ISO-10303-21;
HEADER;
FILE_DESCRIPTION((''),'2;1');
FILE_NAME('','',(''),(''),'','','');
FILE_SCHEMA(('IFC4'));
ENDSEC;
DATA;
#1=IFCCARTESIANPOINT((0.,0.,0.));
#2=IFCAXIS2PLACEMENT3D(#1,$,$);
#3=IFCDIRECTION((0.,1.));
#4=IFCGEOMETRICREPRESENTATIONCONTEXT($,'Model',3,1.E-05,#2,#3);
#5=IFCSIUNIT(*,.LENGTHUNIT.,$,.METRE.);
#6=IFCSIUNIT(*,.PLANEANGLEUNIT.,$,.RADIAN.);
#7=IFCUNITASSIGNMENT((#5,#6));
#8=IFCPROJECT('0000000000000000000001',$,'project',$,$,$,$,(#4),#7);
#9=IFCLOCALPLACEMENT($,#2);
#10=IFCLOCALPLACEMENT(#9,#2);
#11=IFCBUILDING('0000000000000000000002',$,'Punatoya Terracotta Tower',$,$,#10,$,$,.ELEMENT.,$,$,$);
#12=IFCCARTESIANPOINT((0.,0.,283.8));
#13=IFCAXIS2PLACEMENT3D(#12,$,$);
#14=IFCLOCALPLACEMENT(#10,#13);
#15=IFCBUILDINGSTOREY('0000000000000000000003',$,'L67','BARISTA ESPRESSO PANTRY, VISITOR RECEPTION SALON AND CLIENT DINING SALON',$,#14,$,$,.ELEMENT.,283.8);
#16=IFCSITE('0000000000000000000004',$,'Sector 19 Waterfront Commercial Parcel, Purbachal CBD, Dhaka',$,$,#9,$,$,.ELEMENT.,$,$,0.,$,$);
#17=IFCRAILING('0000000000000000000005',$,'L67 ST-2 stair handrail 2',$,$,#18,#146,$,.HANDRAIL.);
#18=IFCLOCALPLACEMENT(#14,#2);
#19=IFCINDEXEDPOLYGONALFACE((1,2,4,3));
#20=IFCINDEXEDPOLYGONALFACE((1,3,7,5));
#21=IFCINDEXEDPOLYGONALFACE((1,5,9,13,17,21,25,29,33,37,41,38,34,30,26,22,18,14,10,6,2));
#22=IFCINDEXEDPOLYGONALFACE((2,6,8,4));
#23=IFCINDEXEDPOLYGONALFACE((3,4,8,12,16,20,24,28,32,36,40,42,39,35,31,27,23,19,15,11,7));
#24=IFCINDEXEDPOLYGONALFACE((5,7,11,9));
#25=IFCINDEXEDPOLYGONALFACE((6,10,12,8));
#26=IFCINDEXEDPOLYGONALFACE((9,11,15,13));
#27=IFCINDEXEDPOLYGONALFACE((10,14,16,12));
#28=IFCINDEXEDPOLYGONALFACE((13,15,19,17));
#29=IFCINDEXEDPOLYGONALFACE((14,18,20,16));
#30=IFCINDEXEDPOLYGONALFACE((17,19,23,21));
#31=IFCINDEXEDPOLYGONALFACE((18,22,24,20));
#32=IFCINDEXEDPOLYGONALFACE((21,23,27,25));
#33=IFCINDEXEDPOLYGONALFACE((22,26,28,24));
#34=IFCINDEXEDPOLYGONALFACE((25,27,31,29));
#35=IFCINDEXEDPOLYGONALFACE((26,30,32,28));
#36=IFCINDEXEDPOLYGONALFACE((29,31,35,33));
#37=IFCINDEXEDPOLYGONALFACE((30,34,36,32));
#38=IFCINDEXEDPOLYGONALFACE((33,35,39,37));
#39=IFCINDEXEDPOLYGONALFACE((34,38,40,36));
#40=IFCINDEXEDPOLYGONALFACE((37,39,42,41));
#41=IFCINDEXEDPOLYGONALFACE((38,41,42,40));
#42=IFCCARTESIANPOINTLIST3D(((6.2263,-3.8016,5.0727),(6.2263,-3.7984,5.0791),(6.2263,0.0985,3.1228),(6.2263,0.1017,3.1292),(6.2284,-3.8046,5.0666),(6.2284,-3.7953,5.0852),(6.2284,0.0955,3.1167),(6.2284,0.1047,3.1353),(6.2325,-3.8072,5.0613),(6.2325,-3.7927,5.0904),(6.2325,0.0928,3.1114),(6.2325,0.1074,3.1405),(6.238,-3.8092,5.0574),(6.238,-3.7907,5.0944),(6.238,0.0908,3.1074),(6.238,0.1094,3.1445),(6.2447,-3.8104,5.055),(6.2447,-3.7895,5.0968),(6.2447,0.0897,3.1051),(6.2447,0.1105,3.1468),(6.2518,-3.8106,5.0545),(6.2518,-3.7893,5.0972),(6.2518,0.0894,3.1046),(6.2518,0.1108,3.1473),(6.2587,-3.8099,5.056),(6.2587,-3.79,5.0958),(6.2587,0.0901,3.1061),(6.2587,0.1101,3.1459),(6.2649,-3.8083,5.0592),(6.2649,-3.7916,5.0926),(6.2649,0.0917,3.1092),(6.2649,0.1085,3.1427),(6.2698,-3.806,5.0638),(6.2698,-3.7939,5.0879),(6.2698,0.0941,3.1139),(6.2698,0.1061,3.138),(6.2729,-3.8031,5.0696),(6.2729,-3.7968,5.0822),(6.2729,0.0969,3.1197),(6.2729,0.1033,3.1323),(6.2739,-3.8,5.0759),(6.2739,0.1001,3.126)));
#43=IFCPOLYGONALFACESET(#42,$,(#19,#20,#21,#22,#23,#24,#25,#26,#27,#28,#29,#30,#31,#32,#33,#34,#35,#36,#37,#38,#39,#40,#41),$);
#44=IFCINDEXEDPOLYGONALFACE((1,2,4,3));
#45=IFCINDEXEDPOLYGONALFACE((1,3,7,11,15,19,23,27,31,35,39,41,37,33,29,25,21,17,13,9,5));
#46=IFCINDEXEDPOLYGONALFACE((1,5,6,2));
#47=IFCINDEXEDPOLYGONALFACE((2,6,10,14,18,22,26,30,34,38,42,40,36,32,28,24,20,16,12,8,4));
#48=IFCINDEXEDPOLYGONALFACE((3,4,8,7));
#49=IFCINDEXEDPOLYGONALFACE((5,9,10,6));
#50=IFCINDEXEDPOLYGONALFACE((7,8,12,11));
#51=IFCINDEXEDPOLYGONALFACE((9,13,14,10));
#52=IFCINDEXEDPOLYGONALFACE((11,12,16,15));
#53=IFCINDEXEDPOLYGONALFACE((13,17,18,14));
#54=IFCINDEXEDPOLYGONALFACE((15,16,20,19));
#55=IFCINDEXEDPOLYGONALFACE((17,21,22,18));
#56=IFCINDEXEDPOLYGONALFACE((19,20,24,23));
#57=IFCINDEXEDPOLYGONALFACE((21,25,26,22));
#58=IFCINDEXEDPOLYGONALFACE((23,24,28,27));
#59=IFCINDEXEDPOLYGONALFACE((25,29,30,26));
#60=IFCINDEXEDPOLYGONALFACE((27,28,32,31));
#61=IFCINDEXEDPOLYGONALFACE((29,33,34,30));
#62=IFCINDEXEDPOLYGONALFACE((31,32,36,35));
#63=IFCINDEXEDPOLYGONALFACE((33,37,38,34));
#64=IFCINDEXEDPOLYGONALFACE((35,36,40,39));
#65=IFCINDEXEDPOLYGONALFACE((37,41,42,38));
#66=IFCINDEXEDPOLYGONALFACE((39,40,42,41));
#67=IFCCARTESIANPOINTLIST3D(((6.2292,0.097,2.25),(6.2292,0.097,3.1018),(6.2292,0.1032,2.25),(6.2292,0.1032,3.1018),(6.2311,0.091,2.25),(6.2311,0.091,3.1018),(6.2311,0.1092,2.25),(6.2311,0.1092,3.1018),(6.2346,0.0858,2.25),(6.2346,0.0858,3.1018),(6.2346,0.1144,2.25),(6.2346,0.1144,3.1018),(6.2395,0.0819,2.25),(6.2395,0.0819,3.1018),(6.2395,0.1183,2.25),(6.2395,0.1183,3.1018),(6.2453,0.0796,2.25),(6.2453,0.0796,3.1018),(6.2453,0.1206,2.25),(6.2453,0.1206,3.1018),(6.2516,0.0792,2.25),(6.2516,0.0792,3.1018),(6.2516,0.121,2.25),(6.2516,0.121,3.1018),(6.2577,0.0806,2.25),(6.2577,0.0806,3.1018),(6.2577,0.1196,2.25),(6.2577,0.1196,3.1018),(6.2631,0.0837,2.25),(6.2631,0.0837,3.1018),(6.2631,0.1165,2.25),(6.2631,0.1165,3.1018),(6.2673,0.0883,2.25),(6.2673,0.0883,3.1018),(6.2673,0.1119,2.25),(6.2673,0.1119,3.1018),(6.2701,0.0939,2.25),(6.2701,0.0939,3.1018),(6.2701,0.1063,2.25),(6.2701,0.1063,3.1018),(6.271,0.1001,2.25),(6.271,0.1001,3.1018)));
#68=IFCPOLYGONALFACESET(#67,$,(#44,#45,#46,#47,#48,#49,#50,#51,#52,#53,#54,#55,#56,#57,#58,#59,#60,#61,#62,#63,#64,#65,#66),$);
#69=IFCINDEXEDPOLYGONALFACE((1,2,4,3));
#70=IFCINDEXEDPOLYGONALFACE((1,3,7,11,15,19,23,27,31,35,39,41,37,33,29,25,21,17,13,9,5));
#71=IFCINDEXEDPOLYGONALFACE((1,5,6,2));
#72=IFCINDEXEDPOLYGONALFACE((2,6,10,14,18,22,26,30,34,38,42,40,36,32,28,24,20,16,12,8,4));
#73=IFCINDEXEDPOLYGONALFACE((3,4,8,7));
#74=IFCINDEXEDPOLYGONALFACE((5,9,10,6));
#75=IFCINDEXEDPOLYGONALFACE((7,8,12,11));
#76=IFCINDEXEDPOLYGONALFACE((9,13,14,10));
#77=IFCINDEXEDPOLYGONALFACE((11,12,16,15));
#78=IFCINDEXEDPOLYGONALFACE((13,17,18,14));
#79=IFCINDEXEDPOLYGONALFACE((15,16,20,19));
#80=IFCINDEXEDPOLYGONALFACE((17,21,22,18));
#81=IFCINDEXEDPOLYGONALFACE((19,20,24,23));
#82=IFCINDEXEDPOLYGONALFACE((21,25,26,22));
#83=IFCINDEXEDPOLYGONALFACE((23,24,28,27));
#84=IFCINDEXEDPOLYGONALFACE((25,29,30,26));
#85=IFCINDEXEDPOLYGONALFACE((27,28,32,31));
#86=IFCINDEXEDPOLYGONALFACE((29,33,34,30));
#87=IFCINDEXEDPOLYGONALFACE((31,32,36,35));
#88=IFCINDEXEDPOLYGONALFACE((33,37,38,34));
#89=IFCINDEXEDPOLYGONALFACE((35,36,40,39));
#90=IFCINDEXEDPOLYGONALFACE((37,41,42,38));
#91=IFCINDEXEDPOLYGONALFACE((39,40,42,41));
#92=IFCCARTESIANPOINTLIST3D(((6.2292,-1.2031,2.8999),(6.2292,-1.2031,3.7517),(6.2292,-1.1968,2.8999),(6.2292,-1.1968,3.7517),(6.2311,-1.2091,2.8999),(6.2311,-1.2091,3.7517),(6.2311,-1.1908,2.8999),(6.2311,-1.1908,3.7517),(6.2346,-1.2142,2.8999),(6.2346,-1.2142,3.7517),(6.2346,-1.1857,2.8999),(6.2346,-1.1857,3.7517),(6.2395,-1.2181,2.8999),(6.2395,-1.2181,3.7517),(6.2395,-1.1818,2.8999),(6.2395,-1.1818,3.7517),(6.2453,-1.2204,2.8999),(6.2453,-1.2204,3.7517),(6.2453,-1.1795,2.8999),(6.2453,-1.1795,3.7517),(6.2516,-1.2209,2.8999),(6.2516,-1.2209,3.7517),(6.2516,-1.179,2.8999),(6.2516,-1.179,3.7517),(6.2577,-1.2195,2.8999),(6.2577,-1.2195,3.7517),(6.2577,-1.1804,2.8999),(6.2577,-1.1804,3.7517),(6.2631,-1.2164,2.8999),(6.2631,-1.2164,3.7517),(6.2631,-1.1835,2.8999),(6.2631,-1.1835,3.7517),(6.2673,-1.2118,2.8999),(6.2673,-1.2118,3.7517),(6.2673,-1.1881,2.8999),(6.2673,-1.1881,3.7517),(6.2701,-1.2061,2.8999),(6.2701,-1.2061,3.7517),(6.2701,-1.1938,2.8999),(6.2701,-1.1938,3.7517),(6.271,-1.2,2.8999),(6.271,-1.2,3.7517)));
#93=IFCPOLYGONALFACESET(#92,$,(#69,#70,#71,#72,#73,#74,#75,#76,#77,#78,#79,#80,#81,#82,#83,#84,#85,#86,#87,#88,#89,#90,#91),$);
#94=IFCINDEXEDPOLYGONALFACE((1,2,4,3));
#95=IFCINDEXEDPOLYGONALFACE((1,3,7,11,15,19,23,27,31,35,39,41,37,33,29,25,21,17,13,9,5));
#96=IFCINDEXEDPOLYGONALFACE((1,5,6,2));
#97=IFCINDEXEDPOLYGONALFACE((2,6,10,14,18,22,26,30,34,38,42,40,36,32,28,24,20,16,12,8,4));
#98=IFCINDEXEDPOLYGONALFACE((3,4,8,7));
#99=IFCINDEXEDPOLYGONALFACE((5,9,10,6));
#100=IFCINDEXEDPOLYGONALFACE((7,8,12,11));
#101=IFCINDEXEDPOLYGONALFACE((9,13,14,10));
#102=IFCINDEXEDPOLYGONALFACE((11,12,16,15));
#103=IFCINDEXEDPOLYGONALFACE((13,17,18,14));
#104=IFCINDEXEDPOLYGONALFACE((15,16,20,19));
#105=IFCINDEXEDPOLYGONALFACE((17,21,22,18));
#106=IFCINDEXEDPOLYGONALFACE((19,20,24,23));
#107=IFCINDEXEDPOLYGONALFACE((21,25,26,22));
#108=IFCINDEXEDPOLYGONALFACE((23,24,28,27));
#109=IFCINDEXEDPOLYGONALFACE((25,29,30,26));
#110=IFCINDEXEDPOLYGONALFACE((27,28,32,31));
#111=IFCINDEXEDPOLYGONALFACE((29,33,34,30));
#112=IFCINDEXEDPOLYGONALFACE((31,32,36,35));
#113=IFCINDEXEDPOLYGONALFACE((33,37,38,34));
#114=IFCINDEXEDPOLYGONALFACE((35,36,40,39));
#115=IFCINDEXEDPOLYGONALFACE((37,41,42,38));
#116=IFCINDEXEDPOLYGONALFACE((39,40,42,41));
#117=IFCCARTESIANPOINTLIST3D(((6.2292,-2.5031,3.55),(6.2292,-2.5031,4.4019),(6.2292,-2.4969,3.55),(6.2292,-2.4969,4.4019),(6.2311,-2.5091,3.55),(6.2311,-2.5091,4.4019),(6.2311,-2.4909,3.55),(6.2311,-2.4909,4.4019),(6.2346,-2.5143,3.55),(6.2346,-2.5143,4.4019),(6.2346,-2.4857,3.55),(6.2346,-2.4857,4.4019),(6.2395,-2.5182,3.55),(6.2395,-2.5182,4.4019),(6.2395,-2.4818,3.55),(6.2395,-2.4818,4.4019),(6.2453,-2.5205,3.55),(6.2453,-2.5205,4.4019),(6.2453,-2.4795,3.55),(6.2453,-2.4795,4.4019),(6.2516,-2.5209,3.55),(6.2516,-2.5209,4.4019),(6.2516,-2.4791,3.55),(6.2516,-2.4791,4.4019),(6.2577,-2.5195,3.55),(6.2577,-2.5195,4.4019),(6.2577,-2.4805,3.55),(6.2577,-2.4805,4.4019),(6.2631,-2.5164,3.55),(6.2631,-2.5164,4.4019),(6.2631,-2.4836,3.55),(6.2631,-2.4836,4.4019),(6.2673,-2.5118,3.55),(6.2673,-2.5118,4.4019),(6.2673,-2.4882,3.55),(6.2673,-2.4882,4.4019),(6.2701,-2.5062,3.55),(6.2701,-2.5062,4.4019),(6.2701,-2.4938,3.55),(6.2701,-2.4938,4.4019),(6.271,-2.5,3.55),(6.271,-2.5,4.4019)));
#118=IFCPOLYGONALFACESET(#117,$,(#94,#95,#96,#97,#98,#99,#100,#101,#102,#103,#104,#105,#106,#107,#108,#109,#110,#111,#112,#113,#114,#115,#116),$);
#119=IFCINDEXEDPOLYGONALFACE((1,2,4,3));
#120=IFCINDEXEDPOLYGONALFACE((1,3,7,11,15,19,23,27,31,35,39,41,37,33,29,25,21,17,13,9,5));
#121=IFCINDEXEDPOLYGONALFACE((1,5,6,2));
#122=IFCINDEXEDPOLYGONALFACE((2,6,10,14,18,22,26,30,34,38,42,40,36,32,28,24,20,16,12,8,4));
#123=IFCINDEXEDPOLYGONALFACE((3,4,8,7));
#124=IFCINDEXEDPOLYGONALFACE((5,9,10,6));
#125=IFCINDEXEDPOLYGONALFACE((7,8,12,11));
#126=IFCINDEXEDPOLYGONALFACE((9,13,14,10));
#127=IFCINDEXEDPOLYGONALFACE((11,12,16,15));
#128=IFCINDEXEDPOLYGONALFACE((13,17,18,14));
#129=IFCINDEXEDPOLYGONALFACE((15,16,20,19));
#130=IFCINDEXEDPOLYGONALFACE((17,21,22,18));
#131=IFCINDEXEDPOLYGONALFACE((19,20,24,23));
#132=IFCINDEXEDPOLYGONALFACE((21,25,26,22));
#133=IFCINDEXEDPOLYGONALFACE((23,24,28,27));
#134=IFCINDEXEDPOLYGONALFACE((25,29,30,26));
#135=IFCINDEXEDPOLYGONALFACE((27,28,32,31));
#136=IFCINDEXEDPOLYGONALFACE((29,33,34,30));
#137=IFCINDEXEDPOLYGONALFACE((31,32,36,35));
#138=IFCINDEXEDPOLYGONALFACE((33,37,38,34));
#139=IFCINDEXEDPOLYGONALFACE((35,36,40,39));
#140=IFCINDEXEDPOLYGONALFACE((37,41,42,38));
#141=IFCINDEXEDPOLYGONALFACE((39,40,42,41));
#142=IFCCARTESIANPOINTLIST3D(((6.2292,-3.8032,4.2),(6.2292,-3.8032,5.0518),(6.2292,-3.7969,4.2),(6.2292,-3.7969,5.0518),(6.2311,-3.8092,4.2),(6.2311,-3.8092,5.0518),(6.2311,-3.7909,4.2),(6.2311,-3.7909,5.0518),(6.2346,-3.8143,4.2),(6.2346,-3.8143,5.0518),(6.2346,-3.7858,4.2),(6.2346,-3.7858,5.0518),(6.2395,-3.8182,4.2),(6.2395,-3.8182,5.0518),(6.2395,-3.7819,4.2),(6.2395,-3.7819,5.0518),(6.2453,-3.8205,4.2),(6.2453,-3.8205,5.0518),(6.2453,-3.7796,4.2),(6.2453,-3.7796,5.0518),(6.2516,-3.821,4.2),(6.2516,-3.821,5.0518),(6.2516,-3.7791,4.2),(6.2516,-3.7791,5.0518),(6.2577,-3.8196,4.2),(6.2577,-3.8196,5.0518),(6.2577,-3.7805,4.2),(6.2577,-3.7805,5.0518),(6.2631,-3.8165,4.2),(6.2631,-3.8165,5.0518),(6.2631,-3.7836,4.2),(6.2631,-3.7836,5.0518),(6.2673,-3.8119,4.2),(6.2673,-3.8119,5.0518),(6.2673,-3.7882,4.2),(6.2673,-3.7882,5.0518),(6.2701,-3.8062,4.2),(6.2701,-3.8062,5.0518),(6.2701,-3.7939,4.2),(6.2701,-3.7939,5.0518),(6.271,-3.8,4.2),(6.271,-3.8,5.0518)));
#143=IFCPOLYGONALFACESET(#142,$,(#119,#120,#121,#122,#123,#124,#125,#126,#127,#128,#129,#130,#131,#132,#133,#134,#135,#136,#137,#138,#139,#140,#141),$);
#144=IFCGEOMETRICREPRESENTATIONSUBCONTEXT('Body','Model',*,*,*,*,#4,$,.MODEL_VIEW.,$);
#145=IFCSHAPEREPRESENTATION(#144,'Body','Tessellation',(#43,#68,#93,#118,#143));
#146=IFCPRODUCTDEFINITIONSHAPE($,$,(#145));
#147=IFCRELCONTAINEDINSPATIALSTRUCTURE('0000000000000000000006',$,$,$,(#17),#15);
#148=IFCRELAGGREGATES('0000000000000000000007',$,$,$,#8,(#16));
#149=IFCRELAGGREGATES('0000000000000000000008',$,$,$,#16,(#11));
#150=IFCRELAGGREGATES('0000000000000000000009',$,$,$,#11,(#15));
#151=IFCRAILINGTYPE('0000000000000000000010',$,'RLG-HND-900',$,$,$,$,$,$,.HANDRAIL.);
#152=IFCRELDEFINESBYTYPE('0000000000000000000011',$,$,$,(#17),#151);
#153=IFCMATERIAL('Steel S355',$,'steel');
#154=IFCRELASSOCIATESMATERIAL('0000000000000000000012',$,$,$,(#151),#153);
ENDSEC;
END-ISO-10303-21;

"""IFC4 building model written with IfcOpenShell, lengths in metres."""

from ifc_helpers import new_model, si_unit, direction, frame, origin, origin_2d, place, context, subcontext, project, spatial, circle, extrude, material, type_object, element, save


model = new_model("IFC4")

# Units and contexts
model_context = context("Model", 3, precision=1e-05, world=origin(), true_north=direction((0.0, 1.0)))
body_context = subcontext(model_context, "Body", "Model", "MODEL_VIEW")
ifc_project = project(units=[si_unit("LENGTHUNIT", "METRE"), si_unit("PLANEANGLEUNIT", "RADIAN")], contexts=[model_context])

# Site, building, storey
site_placement = place(None, origin())
site = spatial("IfcSite", under=ifc_project, at=site_placement, Name="Sector 19 Waterfront Commercial Parcel, Purbachal CBD, Dhaka", CompositionType="ELEMENT", RefElevation=0.0)
building_placement = place(site_placement, origin())
building = spatial("IfcBuilding", under=site, at=building_placement, Name="Punatoya Terracotta Tower", CompositionType="ELEMENT")
storey_placement = place(building_placement, frame((0.0, 0.0, 283.8)))
storey = spatial("IfcBuildingStorey", under=building, at=storey_placement, Name="L67", Description="BARISTA ESPRESSO PANTRY, VISITOR RECEPTION SALON AND CLIENT DINING SALON", CompositionType="ELEMENT", Elevation=283.8)

# Railing
ifc_material_1 = material(Name="Steel S355", Category="steel")
railing_type_1 = type_object("IfcRailingType", Name="RLG-HND-900", PredefinedType="HANDRAIL", material=ifc_material_1)
railing_1_placement = place(storey_placement, frame((6.25, 0.1001, 2.25)))
element("IfcRailing", 1, at=railing_1_placement, inside=storey, type_object=railing_type_1, Name="L67 ST-2 stair handrail 2", PredefinedType="HANDRAIL", context=body_context, shape_type="SweptSolid", body=[
    extrude(circle(Radius=0.0239, at=origin_2d()), frame((0.0, 0.0, 0.876), z_axis=(0.0, -0.894438, 0.447191), x_axis=(1.0, 0.0, 0.0)), (0.0, 0.0, 1.0), 4.3604),
    extrude(circle(Radius=0.021, at=origin_2d()), origin(), (0.0, 0.0, 1.0), 0.8518),
    extrude(circle(Radius=0.021, at=origin_2d()), frame((0.0, -1.3, 0.6499)), (0.0, 0.0, 1.0), 0.8518),
    extrude(circle(Radius=0.021, at=origin_2d()), frame((0.0, -2.6001, 1.3)), (0.0, 0.0, 1.0), 0.8518),
    extrude(circle(Radius=0.021, at=origin_2d()), frame((0.0, -3.9001, 1.95)), (0.0, 0.0, 1.0), 0.8518),
])

save(model, "model.ifc")
